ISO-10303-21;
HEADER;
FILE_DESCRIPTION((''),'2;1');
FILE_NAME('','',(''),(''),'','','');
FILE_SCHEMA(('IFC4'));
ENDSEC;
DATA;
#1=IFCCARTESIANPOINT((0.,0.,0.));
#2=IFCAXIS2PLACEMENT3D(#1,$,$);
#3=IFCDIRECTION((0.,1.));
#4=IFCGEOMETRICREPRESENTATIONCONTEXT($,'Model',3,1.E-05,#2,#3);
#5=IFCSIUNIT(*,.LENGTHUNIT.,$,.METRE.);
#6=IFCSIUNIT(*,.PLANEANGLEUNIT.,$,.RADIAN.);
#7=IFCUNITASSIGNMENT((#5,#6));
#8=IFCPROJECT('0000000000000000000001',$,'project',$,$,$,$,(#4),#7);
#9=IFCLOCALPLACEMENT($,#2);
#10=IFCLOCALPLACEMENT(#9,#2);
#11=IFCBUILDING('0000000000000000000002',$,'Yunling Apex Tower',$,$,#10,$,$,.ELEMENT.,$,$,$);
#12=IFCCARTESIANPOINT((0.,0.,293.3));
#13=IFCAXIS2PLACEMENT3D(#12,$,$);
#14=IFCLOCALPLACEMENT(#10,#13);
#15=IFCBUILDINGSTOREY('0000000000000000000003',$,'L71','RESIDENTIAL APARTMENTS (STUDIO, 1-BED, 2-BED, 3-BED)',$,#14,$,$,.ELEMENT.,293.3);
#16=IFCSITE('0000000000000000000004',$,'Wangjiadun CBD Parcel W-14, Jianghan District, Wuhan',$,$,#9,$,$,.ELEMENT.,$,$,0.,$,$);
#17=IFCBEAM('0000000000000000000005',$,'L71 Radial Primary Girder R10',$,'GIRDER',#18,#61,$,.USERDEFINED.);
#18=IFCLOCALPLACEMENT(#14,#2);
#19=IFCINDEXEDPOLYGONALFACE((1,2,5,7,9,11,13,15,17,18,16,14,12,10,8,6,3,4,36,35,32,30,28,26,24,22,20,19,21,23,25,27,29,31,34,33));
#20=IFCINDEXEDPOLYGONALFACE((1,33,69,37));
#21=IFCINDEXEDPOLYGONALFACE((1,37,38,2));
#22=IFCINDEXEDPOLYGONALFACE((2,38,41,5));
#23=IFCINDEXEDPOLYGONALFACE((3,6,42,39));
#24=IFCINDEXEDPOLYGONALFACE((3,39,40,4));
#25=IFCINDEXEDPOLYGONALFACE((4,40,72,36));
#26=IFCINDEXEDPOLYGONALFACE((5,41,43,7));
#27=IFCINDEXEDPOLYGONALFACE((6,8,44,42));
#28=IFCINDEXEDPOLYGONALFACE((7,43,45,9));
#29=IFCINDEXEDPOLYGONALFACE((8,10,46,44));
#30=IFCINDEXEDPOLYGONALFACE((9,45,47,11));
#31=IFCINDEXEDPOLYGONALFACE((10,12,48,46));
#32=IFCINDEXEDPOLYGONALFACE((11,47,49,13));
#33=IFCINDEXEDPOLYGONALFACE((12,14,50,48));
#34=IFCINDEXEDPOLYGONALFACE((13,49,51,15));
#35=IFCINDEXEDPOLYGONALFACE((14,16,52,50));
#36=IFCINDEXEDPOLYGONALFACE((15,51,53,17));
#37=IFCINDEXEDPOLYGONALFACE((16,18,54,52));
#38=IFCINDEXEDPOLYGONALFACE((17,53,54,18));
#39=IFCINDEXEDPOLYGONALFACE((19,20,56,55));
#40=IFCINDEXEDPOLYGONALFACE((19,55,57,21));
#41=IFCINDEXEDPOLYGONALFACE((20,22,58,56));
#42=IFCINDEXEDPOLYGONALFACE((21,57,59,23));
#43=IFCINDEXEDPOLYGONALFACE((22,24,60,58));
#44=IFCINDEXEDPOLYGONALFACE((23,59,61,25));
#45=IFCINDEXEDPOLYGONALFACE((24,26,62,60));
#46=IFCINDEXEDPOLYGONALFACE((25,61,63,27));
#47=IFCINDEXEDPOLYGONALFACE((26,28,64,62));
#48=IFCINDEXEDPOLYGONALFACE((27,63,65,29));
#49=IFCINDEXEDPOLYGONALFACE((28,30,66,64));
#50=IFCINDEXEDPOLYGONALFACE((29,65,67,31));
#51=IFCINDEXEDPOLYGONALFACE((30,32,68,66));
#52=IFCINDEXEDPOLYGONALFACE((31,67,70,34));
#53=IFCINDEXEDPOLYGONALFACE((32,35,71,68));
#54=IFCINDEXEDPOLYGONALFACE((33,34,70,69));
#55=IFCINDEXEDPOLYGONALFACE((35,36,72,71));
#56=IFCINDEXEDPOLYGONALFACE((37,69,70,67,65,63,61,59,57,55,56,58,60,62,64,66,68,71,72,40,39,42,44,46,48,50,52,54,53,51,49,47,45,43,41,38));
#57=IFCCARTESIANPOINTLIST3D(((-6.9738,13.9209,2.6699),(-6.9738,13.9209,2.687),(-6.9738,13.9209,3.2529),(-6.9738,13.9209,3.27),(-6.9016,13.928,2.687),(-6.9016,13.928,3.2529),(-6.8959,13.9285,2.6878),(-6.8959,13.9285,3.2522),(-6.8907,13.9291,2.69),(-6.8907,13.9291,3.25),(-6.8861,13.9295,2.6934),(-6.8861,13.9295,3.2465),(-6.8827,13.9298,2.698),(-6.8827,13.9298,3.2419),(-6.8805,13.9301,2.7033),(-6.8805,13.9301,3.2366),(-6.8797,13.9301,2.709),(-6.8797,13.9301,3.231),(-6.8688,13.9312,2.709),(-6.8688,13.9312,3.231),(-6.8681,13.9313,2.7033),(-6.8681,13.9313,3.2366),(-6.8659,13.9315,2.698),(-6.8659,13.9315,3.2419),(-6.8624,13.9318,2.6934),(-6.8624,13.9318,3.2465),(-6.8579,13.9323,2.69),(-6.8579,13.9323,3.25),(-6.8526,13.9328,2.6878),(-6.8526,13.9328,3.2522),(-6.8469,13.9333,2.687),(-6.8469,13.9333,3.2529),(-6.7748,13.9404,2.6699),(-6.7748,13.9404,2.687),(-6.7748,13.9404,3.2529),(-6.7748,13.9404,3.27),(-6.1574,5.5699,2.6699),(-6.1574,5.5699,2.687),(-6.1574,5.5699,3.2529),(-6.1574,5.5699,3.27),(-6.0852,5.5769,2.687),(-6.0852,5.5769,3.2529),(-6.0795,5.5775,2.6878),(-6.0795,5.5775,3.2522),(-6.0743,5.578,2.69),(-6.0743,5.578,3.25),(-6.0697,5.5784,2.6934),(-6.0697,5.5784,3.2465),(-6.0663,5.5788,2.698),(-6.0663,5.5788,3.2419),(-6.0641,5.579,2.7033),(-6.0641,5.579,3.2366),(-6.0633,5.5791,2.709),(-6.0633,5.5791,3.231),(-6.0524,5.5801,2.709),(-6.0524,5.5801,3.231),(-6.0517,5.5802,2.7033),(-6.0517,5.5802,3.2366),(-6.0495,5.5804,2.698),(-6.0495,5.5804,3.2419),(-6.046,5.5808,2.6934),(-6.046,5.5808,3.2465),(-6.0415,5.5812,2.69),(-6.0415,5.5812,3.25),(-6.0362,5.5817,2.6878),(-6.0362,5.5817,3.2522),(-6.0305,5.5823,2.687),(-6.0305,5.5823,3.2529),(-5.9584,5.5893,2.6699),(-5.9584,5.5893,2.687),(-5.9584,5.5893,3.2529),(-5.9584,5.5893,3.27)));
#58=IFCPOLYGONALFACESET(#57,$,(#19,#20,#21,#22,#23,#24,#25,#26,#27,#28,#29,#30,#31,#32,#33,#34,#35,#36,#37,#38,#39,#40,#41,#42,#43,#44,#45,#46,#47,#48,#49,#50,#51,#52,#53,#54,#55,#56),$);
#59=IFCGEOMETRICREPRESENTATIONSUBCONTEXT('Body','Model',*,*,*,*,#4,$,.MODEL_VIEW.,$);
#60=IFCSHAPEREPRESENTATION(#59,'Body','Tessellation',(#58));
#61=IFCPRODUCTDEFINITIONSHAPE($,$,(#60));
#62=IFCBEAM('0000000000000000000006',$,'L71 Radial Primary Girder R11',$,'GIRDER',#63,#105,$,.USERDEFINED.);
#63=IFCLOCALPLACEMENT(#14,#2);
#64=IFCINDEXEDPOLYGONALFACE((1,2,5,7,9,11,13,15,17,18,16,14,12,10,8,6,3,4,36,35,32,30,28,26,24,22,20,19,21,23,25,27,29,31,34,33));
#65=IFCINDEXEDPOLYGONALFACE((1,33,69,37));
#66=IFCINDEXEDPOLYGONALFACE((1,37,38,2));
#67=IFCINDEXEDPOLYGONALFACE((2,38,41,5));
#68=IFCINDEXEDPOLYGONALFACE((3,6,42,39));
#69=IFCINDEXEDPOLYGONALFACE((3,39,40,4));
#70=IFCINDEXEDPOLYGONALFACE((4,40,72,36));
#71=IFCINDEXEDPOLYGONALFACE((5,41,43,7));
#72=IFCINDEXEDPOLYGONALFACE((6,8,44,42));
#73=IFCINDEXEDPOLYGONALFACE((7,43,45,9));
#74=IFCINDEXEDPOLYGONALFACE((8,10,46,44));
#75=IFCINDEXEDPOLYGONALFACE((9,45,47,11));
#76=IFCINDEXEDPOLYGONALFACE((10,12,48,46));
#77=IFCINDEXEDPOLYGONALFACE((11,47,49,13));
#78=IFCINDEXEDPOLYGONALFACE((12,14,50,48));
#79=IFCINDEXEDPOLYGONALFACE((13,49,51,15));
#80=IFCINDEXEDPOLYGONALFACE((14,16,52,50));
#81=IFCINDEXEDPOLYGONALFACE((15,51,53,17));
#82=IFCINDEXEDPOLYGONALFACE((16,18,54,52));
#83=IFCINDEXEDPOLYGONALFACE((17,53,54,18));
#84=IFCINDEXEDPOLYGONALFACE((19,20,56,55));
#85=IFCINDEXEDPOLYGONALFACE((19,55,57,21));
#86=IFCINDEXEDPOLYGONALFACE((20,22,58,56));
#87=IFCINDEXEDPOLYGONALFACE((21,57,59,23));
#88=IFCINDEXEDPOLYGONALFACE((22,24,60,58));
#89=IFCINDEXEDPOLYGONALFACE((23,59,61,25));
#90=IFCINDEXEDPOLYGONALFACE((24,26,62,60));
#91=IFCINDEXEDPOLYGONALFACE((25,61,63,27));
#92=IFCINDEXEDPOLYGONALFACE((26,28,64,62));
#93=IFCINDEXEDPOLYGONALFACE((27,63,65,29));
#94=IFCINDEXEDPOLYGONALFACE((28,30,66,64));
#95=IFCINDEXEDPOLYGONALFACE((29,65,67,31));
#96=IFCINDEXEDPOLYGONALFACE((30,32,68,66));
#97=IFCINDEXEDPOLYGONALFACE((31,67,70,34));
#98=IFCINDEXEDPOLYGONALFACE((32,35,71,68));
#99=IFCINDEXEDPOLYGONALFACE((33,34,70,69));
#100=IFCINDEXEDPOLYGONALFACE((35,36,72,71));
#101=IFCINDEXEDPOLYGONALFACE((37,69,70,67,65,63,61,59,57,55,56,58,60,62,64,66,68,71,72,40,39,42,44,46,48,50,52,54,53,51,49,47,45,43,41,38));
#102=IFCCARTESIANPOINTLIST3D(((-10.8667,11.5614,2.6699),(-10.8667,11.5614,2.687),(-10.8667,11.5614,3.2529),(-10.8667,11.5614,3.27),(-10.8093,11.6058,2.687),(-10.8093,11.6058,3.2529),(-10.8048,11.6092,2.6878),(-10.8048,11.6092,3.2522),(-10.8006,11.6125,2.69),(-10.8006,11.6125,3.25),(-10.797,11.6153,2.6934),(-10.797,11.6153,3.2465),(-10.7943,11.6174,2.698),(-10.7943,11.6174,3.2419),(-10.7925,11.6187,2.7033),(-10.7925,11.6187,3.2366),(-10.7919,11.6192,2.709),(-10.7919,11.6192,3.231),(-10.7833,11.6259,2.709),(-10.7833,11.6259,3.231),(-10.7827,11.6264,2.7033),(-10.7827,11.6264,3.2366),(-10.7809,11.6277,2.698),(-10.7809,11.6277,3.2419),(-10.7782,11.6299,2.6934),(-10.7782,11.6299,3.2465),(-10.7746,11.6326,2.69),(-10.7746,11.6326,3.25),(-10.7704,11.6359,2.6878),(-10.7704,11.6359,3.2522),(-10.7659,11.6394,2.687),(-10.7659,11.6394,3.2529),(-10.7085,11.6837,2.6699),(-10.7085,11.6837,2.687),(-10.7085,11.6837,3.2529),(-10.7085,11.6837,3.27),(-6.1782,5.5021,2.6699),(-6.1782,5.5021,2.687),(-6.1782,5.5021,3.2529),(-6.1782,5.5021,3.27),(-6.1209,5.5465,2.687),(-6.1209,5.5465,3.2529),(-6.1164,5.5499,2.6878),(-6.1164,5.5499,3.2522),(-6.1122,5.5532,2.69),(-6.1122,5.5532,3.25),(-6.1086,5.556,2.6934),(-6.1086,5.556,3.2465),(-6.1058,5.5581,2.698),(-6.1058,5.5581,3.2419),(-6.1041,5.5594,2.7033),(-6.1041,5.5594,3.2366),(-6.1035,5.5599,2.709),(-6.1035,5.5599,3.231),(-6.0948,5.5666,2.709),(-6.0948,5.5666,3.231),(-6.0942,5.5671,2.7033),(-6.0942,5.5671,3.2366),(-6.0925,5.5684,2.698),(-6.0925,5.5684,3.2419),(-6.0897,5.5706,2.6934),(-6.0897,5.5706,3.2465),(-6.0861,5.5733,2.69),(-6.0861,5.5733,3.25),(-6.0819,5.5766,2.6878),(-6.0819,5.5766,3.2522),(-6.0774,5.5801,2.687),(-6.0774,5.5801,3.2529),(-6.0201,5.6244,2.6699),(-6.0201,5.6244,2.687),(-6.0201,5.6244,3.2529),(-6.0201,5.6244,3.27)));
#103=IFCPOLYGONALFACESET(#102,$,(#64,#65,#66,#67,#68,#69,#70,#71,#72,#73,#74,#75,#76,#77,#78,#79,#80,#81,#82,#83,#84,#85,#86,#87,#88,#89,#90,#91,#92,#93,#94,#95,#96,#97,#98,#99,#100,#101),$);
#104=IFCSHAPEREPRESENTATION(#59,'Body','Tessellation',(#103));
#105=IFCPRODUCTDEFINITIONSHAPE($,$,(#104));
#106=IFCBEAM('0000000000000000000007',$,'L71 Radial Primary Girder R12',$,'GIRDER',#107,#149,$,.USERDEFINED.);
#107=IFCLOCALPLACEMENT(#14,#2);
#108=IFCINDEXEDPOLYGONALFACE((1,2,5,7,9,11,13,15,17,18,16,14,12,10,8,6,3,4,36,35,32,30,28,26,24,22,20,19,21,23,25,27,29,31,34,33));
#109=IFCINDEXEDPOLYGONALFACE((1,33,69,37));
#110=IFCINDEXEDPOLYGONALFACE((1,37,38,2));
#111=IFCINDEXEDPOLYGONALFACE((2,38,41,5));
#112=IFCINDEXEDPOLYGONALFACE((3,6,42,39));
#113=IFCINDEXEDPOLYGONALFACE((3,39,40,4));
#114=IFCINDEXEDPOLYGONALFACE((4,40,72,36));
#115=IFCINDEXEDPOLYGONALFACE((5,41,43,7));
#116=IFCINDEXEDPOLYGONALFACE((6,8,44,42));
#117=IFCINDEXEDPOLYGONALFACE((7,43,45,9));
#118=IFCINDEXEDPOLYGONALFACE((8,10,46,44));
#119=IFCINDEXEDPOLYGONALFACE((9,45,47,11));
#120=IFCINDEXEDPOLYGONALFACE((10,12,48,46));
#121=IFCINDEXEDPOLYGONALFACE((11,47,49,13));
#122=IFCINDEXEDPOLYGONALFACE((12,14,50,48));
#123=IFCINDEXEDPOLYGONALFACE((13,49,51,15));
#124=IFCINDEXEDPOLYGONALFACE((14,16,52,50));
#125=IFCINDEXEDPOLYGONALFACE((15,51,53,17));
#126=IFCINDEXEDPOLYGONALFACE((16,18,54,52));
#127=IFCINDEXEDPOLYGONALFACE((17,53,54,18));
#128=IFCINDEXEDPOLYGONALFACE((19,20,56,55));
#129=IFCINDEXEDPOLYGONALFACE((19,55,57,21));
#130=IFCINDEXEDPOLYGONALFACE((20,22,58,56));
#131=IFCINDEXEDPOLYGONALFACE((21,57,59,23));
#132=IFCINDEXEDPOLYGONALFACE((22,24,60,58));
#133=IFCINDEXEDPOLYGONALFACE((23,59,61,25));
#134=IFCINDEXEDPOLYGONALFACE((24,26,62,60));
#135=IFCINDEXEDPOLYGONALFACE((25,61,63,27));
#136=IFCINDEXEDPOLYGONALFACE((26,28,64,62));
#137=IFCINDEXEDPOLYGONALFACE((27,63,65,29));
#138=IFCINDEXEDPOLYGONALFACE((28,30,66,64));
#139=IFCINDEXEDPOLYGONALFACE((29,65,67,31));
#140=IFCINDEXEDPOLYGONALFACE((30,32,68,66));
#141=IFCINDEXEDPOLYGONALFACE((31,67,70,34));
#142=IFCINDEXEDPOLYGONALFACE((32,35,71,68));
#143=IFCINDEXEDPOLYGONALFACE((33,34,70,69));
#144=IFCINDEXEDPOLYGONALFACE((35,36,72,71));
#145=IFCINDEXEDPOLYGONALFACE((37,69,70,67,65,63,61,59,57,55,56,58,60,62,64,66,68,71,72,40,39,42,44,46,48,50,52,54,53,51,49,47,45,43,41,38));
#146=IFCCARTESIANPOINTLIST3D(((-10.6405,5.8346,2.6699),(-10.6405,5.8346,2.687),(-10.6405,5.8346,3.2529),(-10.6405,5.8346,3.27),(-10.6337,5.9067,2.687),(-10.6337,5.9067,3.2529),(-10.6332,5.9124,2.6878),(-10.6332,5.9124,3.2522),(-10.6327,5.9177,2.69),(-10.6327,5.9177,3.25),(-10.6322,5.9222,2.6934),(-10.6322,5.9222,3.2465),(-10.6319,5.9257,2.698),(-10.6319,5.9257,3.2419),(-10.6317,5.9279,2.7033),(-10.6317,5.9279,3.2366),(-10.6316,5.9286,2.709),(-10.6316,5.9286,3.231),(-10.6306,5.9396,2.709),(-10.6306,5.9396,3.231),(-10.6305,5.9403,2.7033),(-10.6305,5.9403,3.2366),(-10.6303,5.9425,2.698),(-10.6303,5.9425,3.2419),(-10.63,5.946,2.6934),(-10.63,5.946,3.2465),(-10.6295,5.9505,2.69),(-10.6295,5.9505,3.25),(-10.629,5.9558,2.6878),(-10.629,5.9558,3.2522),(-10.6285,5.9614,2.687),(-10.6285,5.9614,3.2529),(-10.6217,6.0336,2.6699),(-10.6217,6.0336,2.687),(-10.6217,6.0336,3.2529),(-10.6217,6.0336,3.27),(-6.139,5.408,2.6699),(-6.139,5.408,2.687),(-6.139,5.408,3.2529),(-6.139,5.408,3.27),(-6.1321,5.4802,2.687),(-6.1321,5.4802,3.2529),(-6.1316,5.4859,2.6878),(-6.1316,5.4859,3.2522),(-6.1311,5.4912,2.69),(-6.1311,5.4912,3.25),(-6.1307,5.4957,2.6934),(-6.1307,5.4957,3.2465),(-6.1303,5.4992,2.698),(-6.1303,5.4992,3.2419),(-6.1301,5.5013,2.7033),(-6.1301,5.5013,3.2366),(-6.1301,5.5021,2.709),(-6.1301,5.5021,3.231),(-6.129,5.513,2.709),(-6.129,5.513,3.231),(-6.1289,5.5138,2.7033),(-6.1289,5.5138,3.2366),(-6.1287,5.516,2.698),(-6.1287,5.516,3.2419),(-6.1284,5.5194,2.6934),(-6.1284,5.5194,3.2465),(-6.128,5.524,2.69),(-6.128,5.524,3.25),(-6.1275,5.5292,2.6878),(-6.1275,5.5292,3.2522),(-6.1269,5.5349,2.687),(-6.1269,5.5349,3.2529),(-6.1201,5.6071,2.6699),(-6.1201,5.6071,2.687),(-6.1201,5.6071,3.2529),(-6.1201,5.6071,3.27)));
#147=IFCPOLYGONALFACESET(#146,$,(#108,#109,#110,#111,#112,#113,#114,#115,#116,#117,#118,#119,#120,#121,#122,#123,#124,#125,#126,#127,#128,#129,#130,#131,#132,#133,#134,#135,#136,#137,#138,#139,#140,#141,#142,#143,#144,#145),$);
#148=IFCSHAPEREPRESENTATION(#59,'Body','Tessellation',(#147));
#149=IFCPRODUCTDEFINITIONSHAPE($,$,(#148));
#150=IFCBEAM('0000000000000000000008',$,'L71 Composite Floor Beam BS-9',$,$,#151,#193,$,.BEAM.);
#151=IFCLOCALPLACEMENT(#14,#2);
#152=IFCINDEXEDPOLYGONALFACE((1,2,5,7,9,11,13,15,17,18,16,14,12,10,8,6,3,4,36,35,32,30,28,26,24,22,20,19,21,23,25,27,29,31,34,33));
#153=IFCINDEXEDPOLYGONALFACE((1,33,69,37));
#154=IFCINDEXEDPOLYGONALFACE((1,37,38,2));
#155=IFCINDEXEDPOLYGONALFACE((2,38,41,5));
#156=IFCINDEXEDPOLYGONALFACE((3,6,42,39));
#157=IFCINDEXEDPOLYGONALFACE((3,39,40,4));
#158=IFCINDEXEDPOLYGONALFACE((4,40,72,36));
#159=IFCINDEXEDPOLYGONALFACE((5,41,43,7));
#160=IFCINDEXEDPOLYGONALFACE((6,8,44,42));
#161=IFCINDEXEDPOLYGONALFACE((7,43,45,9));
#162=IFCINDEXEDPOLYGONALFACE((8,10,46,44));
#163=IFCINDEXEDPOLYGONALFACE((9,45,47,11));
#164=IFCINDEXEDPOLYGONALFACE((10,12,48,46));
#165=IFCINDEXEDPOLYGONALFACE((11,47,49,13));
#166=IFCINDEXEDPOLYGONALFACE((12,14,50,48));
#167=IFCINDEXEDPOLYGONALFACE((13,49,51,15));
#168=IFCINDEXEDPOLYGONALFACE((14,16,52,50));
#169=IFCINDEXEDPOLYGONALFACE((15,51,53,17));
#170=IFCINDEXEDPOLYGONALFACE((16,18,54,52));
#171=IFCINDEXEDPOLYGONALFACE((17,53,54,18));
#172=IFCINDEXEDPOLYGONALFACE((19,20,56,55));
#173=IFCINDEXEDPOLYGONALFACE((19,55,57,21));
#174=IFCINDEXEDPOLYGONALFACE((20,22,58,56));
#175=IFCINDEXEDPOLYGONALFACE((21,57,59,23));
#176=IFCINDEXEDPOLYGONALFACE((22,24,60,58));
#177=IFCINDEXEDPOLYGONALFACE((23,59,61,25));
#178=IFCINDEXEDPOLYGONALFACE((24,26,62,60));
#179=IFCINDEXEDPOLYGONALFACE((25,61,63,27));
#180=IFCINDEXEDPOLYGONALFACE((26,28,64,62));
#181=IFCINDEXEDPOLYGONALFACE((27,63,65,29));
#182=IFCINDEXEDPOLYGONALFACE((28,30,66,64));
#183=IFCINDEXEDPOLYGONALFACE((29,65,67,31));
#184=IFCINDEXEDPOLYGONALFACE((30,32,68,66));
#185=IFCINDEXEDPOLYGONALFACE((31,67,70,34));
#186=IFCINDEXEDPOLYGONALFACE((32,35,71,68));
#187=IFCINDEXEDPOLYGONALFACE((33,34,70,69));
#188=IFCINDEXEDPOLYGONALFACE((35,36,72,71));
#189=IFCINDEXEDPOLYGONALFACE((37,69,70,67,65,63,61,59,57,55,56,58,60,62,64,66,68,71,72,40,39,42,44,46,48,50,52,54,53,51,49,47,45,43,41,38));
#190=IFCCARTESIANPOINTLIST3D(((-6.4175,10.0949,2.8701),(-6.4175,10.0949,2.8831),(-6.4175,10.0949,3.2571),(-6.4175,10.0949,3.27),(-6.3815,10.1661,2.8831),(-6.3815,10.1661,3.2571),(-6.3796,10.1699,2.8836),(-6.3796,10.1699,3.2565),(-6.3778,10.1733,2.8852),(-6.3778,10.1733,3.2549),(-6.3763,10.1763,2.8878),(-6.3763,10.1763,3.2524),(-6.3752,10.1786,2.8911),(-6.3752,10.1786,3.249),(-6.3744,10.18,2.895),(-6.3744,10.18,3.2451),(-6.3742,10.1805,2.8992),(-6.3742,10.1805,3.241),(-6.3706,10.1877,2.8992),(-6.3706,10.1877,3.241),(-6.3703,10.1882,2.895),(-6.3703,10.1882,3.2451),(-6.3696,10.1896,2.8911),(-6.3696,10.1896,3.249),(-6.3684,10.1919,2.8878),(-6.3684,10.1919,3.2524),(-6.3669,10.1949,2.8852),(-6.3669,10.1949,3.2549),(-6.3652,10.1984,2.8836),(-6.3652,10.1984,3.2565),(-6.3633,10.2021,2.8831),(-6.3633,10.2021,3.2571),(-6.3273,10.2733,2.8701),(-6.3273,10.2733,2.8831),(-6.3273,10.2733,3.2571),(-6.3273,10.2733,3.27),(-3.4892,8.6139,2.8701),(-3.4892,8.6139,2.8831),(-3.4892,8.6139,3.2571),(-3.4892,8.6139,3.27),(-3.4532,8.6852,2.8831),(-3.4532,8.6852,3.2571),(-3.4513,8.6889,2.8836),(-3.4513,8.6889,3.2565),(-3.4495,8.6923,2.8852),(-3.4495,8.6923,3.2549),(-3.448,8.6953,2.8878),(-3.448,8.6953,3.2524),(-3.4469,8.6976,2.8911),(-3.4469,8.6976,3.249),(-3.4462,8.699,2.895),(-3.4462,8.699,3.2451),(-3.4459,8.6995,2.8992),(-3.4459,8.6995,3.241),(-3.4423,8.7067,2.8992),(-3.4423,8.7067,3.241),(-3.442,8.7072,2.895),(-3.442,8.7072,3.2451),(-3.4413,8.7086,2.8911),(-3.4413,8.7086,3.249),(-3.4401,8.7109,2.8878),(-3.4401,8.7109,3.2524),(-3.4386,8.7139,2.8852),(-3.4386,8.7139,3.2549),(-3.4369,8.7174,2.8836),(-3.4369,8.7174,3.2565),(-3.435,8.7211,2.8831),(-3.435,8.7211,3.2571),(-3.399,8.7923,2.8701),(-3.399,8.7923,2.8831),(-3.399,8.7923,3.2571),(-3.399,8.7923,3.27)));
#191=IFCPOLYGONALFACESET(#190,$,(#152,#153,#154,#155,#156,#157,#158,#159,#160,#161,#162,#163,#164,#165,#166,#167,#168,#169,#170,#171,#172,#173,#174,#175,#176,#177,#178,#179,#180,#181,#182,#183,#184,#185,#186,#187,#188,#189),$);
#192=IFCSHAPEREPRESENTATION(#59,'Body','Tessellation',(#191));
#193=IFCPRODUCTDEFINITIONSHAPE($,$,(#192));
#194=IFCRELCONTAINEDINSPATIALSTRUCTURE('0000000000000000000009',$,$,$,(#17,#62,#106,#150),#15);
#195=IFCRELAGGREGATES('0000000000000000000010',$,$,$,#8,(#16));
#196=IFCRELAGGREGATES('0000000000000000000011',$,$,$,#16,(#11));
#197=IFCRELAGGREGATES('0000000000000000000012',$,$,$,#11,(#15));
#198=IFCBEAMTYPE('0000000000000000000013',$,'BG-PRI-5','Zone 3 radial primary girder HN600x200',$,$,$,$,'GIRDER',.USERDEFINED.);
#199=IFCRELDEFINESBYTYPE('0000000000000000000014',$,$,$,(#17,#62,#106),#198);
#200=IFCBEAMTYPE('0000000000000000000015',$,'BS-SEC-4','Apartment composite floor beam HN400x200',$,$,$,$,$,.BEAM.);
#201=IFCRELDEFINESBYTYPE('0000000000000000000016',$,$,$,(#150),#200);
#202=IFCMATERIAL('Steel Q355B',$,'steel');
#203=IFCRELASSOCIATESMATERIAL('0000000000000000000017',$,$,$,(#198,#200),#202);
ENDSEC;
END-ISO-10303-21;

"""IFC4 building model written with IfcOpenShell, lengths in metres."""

from ifc_helpers import new_model, si_unit, direction, frame, origin, origin_2d, place, context, subcontext, project, spatial, i_section, extrude, source, transform, mapped, material, material_profile, profile_set, type_object, element, save


model = new_model("IFC4")

# Units and contexts
model_context = context("Model", 3, precision=1e-05, world=origin(), true_north=direction((0.0, 1.0)))
body_context = subcontext(model_context, "Body", "Model", "MODEL_VIEW")
ifc_project = project(units=[si_unit("LENGTHUNIT", "METRE"), si_unit("PLANEANGLEUNIT", "RADIAN")], contexts=[model_context])

# Site, building, storey
site_placement = place(None, origin())
site = spatial("IfcSite", under=ifc_project, at=site_placement, Name="Wangjiadun CBD Parcel W-14, Jianghan District, Wuhan", CompositionType="ELEMENT", RefElevation=0.0)
building_placement = place(site_placement, origin())
building = spatial("IfcBuilding", under=site, at=building_placement, Name="Yunling Apex Tower", CompositionType="ELEMENT")
storey_placement = place(building_placement, frame((0.0, 0.0, 293.3)))
storey = spatial("IfcBuildingStorey", under=building, at=storey_placement, Name="L71", Description="RESIDENTIAL APARTMENTS (STUDIO, 1-BED, 2-BED, 3-BED)", CompositionType="ELEMENT", Elevation=293.3)

# Shared definitions
ifc_material_1 = material(Name="Steel Q355B", Category="steel")

# Beams
ifc_material_profile_1 = material_profile(ifc_material_1, i_section(OverallWidth=0.2, OverallDepth=0.6001, WebThickness=0.011, FlangeThickness=0.0171, FilletRadius=0.022, at=origin_2d()))
ifc_profile_set_1 = profile_set([ifc_material_profile_1], Name="Steel Q355B")
beam_type_1 = type_object("IfcBeamType", Name="BG-PRI-5", Description="Zone 3 radial primary girder HN600x200", ElementType="GIRDER", PredefinedType="USERDEFINED", material=ifc_profile_set_1)
shared_shape_1 = source(origin(), body_context, "Body", "SweptSolid", [
    extrude(i_section(OverallWidth=0.2, OverallDepth=0.6001, WebThickness=0.011, FlangeThickness=0.0171, FilletRadius=0.022, at=origin_2d()), origin(), (0.0, 0.0, 1.0), 8.3909),
])
beam_1_placement = place(storey_placement, frame((-6.8743, 13.9307, 2.97), z_axis=(0.097297, -0.995255, 0.0), x_axis=(0.995255, 0.097297, 0.0)))
element("IfcBeam", 1, at=beam_1_placement, inside=storey, type_object=beam_type_1, Name="L71 Radial Primary Girder R10", ObjectType="GIRDER", PredefinedType="USERDEFINED", context=body_context, shape_type="MappedRepresentation", body=[
    mapped(shared_shape_1, transform((0.0, 0.0, 0.0), scale=1.0)),
])
shared_shape_2 = source(origin(), body_context, "Body", "SweptSolid", [
    extrude(i_section(OverallWidth=0.2, OverallDepth=0.6001, WebThickness=0.011, FlangeThickness=0.0171, FilletRadius=0.022, at=origin_2d()), origin(), (0.0, 0.0, 1.0), 7.6614),
])
beam_2_placement = place(storey_placement, frame((-10.7876, 11.6226, 2.97), z_axis=(0.61196, -0.790889, 0.0), x_axis=(0.790889, 0.61196, 0.0)))
element("IfcBeam", 2, at=beam_2_placement, inside=storey, type_object=beam_type_1, Name="L71 Radial Primary Girder R11", ObjectType="GIRDER", PredefinedType="USERDEFINED", context=body_context, shape_type="MappedRepresentation", body=[
    mapped(shared_shape_2, transform((0.0, 0.0, 0.0), scale=1.0)),
])
shared_shape_3 = source(origin(), body_context, "Body", "SweptSolid", [
    extrude(i_section(OverallWidth=0.2, OverallDepth=0.6001, WebThickness=0.011, FlangeThickness=0.0171, FilletRadius=0.022, at=origin_2d()), origin(), (0.0, 0.0, 1.0), 4.5217),
])
beam_3_placement = place(storey_placement, frame((-10.6311, 5.9341, 2.97), z_axis=(0.995541, -0.094328, 0.0), x_axis=(0.094328, 0.995541, 0.0)))
element("IfcBeam", 3, at=beam_3_placement, inside=storey, type_object=beam_type_1, Name="L71 Radial Primary Girder R12", ObjectType="GIRDER", PredefinedType="USERDEFINED", context=body_context, shape_type="MappedRepresentation", body=[
    mapped(shared_shape_3, transform((0.0, 0.0, 0.0), scale=1.0)),
])
ifc_material_profile_2 = material_profile(ifc_material_1, i_section(OverallWidth=0.2, OverallDepth=0.3999, WebThickness=0.0081, FlangeThickness=0.0129, FilletRadius=0.0161, at=origin_2d()))
ifc_profile_set_2 = profile_set([ifc_material_profile_2], Name="Steel Q355B")
beam_type_2 = type_object("IfcBeamType", Name="BS-SEC-4", Description="Apartment composite floor beam HN400x200", PredefinedType="BEAM", material=ifc_profile_set_2)
shared_shape_4 = source(origin(), body_context, "Body", "SweptSolid", [
    extrude(i_section(OverallWidth=0.2, OverallDepth=0.3999, WebThickness=0.0081, FlangeThickness=0.0129, FilletRadius=0.0161, at=origin_2d()), origin(), (0.0, 0.0, 1.0), 3.2815),
])
beam_4_placement = place(storey_placement, frame((-3.4441, 8.7031, 3.0701), z_axis=(-0.892364, 0.451316, 0.0), x_axis=(-0.451316, -0.892364, 0.0)))
element("IfcBeam", 4, at=beam_4_placement, inside=storey, type_object=beam_type_2, Name="L71 Composite Floor Beam BS-9", PredefinedType="BEAM", context=body_context, shape_type="MappedRepresentation", body=[
    mapped(shared_shape_4, transform((0.0, 0.0, 0.0), scale=1.0)),
])

save(model, "model.ifc")
